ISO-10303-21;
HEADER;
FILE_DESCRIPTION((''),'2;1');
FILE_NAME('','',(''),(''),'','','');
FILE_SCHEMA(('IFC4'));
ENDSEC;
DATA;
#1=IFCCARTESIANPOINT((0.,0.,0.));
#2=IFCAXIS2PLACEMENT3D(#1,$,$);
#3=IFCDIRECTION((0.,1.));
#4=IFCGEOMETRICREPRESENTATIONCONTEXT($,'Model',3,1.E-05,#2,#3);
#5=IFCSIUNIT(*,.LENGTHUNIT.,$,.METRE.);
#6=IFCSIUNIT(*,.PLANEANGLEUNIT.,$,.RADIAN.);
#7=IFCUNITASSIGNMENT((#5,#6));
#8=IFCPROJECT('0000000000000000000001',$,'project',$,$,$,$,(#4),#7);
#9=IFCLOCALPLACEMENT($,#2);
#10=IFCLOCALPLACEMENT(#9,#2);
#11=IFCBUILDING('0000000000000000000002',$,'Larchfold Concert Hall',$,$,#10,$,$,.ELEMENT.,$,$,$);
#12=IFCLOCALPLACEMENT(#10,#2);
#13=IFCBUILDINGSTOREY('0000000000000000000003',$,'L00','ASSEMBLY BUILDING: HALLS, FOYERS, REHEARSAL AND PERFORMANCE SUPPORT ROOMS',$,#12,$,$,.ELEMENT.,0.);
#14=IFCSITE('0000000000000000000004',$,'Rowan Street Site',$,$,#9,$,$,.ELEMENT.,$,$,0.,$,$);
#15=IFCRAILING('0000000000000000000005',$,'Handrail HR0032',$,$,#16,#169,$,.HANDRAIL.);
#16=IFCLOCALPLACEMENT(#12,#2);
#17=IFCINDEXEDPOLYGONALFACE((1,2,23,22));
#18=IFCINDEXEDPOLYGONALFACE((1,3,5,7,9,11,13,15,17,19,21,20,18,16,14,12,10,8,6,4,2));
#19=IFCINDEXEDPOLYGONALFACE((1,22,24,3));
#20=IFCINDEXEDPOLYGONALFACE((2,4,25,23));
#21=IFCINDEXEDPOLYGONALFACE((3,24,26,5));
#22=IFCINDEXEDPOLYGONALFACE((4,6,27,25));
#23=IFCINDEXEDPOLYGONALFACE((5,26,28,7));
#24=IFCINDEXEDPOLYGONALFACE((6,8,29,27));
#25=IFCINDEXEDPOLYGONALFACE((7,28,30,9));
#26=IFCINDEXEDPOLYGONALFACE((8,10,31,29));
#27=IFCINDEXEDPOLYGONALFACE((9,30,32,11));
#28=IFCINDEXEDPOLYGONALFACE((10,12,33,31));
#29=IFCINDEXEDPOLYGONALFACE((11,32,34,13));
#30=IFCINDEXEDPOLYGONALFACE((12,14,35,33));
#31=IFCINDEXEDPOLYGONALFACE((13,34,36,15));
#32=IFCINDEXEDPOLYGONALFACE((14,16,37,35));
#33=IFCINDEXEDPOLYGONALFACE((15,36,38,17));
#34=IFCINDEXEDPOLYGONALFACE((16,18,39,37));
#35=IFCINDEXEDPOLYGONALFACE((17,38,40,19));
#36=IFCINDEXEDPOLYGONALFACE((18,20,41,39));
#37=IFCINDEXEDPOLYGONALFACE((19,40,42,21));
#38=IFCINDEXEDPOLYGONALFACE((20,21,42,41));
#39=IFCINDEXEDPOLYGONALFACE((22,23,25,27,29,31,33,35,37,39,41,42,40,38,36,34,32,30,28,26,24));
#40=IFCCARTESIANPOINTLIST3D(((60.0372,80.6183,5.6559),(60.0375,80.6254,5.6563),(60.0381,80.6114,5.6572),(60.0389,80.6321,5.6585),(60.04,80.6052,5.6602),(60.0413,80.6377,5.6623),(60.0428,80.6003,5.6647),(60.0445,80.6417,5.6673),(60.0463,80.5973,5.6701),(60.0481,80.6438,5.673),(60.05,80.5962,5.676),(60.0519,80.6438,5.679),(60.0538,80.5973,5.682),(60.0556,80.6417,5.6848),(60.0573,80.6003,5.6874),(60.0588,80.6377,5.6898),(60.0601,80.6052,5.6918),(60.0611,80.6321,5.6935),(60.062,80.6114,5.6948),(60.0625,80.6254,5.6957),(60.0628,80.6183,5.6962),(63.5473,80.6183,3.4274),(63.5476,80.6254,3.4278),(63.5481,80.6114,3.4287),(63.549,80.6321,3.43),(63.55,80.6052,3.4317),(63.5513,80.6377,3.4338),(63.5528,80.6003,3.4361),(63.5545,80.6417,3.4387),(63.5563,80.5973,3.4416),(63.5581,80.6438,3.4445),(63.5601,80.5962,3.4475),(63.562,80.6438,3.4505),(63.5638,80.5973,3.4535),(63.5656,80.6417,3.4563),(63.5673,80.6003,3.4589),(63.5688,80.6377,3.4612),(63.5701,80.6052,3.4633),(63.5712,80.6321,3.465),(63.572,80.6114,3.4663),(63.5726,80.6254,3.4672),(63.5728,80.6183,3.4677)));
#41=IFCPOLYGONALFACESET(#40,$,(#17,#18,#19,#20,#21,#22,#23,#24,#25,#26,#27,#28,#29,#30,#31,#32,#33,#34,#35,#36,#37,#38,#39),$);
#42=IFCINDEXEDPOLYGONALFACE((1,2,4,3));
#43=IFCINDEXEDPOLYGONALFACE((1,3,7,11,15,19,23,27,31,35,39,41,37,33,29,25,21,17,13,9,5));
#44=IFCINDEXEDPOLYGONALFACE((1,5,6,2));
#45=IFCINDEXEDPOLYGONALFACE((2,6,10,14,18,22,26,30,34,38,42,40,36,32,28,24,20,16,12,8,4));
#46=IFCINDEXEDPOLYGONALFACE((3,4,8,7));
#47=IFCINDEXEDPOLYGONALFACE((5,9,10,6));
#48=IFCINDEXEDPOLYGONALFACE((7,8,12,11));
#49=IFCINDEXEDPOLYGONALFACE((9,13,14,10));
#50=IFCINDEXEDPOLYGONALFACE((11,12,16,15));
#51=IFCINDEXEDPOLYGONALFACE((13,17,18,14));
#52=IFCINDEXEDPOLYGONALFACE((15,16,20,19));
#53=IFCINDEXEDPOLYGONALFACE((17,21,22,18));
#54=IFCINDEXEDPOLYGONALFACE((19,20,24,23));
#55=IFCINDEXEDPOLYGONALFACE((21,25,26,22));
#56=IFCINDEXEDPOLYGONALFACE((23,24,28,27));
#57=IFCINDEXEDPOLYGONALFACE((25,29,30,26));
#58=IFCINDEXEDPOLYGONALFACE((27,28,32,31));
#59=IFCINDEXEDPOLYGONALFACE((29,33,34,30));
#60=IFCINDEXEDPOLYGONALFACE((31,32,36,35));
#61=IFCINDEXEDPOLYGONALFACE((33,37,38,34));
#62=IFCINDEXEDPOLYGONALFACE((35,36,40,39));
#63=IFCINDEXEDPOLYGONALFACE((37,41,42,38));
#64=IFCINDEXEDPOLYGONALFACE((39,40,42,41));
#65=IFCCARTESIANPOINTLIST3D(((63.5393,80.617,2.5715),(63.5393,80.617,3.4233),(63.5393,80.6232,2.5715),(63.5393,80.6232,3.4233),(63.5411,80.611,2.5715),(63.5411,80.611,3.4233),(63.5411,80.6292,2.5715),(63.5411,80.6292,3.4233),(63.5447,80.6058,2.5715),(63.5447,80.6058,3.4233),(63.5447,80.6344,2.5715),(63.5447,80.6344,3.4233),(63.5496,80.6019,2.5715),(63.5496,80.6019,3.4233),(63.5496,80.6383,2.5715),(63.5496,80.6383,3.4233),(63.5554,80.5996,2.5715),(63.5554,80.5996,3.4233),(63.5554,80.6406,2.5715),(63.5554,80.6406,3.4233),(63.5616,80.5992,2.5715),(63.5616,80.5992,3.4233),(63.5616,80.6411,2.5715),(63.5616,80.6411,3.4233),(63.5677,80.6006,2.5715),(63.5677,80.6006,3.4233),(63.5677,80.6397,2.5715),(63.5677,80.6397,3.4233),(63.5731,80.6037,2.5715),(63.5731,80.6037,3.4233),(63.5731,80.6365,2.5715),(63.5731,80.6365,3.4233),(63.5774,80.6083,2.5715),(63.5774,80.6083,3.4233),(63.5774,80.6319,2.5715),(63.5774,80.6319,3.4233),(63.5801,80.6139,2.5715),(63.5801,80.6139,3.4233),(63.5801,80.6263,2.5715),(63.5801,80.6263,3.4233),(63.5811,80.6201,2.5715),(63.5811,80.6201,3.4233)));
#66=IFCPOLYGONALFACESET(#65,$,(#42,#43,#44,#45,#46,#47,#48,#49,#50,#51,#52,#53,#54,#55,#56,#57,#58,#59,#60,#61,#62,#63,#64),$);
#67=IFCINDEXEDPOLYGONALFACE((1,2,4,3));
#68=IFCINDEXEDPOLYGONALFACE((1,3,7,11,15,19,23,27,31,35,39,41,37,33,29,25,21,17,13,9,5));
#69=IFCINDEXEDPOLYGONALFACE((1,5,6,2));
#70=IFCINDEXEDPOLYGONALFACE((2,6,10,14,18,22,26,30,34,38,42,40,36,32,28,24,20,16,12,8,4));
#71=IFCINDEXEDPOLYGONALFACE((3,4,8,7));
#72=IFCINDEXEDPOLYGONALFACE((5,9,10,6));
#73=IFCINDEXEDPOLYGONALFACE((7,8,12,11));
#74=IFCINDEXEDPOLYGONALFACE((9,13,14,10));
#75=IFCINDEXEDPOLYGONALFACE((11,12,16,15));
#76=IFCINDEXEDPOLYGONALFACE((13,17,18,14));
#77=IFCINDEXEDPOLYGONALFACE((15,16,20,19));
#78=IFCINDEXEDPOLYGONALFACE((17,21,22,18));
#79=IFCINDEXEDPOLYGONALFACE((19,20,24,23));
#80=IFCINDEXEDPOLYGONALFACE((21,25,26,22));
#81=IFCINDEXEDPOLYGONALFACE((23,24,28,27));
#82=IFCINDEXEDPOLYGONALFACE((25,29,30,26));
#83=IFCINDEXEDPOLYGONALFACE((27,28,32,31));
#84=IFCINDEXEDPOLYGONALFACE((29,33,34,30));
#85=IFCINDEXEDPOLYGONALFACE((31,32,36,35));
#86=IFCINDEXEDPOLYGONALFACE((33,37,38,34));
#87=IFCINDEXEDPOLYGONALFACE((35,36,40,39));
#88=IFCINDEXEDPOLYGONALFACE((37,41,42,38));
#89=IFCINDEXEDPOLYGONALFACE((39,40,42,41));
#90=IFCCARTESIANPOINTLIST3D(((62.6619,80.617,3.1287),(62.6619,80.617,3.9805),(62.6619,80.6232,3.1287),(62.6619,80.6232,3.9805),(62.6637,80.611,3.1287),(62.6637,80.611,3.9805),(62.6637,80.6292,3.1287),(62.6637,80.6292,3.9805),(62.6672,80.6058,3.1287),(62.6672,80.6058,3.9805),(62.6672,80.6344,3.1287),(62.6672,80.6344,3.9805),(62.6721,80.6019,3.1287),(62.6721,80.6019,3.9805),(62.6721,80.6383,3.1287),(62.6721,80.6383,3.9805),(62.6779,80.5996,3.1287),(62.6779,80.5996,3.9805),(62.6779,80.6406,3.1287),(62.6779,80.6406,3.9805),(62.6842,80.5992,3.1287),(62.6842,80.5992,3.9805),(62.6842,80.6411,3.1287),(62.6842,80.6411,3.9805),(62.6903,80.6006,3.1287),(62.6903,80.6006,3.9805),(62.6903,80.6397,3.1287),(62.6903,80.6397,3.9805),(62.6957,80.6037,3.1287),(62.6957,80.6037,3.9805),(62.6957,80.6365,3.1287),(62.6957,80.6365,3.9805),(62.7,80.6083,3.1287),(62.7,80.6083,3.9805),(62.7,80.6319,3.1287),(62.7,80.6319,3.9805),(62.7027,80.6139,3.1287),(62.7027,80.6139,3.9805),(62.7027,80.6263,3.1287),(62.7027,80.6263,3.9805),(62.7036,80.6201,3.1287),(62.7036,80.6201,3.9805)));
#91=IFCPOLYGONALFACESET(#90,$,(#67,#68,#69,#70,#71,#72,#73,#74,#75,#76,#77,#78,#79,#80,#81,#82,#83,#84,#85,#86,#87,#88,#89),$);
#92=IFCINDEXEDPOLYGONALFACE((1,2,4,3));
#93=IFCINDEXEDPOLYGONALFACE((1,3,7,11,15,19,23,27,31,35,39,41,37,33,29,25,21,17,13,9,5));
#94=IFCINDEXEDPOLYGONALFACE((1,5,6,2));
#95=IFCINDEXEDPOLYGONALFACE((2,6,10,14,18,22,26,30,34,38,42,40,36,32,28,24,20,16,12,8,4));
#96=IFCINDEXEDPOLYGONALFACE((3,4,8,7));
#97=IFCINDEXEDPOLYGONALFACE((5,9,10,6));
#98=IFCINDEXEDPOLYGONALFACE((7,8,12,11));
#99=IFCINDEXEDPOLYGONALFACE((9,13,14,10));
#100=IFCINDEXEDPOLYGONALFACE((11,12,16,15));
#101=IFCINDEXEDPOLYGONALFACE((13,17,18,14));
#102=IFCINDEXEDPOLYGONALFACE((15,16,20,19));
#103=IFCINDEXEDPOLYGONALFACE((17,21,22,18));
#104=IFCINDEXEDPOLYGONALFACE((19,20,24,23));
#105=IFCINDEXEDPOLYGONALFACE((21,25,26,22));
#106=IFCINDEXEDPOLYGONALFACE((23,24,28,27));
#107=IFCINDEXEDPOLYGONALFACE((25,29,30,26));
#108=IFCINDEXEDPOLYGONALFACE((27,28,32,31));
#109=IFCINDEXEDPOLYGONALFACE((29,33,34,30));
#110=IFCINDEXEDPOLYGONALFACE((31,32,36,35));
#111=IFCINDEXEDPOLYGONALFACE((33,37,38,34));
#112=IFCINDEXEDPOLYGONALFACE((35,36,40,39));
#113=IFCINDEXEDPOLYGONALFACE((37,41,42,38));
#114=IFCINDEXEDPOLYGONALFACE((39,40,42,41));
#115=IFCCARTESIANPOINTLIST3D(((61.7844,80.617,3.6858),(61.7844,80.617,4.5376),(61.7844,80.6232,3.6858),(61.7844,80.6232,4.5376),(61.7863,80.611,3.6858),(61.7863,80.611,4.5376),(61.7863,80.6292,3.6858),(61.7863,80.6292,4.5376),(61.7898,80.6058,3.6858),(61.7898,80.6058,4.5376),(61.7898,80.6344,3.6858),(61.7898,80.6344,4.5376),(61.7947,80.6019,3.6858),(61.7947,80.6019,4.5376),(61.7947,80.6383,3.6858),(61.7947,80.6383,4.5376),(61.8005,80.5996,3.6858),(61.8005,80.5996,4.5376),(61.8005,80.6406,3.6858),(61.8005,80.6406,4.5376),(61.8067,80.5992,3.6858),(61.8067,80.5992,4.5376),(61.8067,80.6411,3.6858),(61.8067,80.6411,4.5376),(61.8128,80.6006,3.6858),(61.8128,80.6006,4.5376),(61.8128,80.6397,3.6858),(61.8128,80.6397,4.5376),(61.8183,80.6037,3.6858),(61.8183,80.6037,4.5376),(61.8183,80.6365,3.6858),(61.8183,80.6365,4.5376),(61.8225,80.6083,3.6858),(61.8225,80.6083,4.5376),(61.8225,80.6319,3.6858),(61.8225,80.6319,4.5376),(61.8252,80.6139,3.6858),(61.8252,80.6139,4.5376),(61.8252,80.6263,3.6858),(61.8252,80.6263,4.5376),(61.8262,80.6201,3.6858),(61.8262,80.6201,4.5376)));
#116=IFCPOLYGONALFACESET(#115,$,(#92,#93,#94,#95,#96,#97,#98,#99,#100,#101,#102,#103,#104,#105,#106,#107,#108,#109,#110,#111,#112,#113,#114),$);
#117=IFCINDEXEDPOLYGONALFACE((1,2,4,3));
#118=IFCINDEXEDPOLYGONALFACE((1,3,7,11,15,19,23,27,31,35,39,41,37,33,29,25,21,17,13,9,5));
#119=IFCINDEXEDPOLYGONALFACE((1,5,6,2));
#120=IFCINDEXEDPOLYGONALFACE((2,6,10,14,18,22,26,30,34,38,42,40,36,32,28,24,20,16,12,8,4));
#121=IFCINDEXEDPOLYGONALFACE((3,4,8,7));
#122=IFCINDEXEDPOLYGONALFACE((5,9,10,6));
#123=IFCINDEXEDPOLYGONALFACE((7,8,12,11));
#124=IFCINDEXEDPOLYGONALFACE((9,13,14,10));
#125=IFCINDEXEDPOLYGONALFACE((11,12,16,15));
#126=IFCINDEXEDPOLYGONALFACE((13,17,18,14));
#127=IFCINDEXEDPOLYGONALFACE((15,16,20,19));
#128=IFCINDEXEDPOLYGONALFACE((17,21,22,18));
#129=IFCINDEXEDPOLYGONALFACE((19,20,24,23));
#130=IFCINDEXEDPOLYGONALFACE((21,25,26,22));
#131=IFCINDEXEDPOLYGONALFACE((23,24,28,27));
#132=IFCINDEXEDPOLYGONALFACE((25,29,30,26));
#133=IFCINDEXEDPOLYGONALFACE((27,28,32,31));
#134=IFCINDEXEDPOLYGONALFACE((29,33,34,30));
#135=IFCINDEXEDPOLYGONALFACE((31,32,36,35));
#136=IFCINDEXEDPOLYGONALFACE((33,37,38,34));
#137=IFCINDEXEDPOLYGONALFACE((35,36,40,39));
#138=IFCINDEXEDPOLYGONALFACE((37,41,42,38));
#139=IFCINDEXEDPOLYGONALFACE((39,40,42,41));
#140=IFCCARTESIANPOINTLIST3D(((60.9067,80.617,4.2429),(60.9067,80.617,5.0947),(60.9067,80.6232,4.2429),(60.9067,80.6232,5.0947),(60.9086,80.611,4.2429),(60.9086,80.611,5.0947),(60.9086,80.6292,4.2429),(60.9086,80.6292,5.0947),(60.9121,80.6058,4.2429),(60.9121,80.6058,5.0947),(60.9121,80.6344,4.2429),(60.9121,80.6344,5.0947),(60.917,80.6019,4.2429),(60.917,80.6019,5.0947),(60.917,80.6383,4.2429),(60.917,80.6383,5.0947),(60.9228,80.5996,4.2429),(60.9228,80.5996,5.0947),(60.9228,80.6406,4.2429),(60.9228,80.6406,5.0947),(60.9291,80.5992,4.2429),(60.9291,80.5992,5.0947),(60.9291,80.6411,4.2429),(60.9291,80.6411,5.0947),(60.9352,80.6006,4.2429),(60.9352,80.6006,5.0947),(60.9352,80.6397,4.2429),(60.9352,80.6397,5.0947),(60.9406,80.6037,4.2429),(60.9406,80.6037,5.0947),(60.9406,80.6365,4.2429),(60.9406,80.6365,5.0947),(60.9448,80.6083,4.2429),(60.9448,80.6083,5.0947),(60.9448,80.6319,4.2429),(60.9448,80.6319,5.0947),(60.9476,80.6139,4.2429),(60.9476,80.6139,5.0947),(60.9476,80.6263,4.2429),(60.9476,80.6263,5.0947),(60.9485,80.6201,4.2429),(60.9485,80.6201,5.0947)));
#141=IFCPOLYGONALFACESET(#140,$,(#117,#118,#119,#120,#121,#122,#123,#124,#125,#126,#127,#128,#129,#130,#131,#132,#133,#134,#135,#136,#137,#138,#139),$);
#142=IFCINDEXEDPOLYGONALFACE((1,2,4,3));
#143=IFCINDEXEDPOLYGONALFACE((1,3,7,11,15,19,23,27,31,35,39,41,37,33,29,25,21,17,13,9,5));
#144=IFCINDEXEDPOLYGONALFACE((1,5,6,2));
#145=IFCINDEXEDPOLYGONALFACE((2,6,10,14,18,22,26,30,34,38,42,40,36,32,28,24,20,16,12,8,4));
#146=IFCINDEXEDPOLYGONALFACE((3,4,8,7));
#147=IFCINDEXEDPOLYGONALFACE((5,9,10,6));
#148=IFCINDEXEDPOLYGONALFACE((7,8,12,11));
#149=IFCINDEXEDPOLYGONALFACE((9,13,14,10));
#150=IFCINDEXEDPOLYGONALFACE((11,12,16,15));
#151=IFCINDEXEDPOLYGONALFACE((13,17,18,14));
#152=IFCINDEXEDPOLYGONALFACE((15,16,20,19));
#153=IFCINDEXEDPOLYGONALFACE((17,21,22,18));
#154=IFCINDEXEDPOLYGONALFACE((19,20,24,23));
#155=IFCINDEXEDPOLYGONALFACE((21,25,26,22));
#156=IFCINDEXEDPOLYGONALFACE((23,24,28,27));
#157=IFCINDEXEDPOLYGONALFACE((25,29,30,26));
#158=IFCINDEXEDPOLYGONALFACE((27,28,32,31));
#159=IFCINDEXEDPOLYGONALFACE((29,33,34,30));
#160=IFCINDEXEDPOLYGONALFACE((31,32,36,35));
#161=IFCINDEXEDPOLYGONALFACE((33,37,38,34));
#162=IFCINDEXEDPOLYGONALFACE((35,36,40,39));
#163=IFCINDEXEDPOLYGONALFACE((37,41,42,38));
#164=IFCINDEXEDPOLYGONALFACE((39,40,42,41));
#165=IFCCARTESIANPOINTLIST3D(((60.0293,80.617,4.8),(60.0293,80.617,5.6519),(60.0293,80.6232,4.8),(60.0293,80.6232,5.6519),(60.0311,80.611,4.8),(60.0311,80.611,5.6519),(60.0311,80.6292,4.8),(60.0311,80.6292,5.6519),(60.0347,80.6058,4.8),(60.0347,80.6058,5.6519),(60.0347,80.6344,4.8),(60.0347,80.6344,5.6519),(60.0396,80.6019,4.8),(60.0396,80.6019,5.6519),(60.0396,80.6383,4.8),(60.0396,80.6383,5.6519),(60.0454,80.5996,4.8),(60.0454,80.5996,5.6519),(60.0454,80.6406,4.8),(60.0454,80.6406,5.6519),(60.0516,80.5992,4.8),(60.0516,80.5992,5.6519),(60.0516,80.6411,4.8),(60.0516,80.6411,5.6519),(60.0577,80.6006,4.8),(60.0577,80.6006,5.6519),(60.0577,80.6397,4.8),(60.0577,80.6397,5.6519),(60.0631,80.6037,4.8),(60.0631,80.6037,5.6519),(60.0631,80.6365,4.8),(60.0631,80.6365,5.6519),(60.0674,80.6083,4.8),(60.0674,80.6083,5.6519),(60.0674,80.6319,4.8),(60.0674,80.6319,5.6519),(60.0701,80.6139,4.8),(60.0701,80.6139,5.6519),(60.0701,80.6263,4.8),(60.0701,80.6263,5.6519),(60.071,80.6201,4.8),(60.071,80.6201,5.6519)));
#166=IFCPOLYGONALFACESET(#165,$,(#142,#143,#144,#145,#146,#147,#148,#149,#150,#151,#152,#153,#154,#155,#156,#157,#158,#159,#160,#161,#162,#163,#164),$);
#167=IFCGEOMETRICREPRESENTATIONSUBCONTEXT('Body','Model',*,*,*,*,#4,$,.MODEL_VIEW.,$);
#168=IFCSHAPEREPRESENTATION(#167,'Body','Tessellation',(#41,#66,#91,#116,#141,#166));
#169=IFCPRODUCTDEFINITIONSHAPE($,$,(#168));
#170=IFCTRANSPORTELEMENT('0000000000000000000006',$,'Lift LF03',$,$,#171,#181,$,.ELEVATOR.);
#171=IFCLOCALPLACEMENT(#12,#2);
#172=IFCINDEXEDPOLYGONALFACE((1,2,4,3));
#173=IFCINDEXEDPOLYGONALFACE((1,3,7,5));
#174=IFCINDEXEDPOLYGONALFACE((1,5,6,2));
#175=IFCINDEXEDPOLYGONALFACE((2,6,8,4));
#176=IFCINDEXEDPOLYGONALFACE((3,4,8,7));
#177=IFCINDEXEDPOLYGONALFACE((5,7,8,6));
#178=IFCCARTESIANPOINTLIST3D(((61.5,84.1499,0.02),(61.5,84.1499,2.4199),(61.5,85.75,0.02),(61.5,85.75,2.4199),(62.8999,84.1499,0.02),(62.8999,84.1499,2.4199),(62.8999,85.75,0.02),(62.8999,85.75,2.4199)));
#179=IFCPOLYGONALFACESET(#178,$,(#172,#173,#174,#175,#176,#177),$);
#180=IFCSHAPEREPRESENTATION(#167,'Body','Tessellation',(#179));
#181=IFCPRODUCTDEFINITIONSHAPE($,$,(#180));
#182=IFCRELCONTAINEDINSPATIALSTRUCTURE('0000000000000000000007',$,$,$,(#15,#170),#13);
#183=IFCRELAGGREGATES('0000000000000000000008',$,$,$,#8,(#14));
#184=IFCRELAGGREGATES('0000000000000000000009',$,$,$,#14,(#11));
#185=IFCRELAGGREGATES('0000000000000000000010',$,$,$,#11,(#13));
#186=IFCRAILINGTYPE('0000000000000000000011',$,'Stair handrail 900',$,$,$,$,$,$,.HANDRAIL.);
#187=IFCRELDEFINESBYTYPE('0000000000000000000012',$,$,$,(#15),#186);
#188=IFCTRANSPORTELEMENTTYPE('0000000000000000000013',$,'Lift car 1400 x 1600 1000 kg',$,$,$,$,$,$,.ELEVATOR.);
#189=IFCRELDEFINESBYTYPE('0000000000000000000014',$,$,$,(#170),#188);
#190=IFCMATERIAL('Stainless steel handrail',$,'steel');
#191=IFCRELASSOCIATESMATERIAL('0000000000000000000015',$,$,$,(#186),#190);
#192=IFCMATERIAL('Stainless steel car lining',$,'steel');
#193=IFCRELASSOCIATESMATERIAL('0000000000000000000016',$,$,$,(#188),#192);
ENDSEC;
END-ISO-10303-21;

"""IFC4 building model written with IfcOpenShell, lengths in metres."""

from ifc_helpers import new_model, si_unit, direction, frame, origin, origin_2d, place, context, subcontext, project, spatial, rectangle, circle, extrude, material, type_object, element, save


model = new_model("IFC4")

# Units and contexts
model_context = context("Model", 3, precision=1e-05, world=origin(), true_north=direction((0.0, 1.0)))
body_context = subcontext(model_context, "Body", "Model", "MODEL_VIEW")
ifc_project = project(units=[si_unit("LENGTHUNIT", "METRE"), si_unit("PLANEANGLEUNIT", "RADIAN")], contexts=[model_context])

# Site, building, storey
site_placement = place(None, origin())
site = spatial("IfcSite", under=ifc_project, at=site_placement, Name="Rowan Street Site", CompositionType="ELEMENT", RefElevation=0.0)
building_placement = place(site_placement, origin())
building = spatial("IfcBuilding", under=site, at=building_placement, Name="Larchfold Concert Hall", CompositionType="ELEMENT")
storey_placement = place(building_placement, origin())
storey = spatial("IfcBuildingStorey", under=building, at=storey_placement, Name="L00", Description="ASSEMBLY BUILDING: HALLS, FOYERS, REHEARSAL AND PERFORMANCE SUPPORT ROOMS", CompositionType="ELEMENT", Elevation=0.0)

# Railing
ifc_material_1 = material(Name="Stainless steel handrail", Category="steel")
railing_type_1 = type_object("IfcRailingType", Name="Stair handrail 900", PredefinedType="HANDRAIL", material=ifc_material_1)
railing_1_placement = place(storey_placement, frame((63.5601, 80.6201, 2.5715)))
element("IfcRailing", 1, at=railing_1_placement, inside=storey, type_object=railing_type_1, Name="Handrail HR0032", PredefinedType="HANDRAIL", context=body_context, shape_type="SweptSolid", body=[
    extrude(circle(Radius=0.0239, at=origin_2d()), frame((0.0, 0.0, 0.876), z_axis=(-0.84422, 0.0, 0.535998), x_axis=(0.0, -1.0, 0.0)), (0.0, 0.0, 1.0), 4.1577),
    extrude(circle(Radius=0.021, at=origin_2d()), origin(), (0.0, 0.0, 1.0), 0.8518),
    extrude(circle(Radius=0.021, at=origin_2d()), frame((-0.8774, 0.0, 0.5571)), (0.0, 0.0, 1.0), 0.8518),
    extrude(circle(Radius=0.021, at=origin_2d()), frame((-1.7549, 0.0, 1.1143)), (0.0, 0.0, 1.0), 0.8518),
    extrude(circle(Radius=0.021, at=origin_2d()), frame((-2.6326, 0.0, 1.6714)), (0.0, 0.0, 1.0), 0.8518),
    extrude(circle(Radius=0.021, at=origin_2d()), frame((-3.51, 0.0, 2.2285)), (0.0, 0.0, 1.0), 0.8518),
])

# Transport element
ifc_material_2 = material(Name="Stainless steel car lining", Category="steel")
transport_element_type = type_object("IfcTransportElementType", Name="Lift car 1400 x 1600 1000 kg", PredefinedType="ELEVATOR", material=ifc_material_2)
transport_element_placement = place(storey_placement, frame((62.2, 84.95, 0.02), z_axis=(0.0, 0.0, 1.0), x_axis=(1.0, 0.0, 0.0)))
element("IfcTransportElement", 2, at=transport_element_placement, inside=storey, type_object=transport_element_type, Name="Lift LF03", PredefinedType="ELEVATOR", context=body_context, shape_type="SweptSolid", body=[
    extrude(rectangle(XDim=1.3999, YDim=1.6001, at=origin_2d()), origin(), (0.0, 0.0, 1.0), 2.3999),
])

save(model, "model.ifc")
